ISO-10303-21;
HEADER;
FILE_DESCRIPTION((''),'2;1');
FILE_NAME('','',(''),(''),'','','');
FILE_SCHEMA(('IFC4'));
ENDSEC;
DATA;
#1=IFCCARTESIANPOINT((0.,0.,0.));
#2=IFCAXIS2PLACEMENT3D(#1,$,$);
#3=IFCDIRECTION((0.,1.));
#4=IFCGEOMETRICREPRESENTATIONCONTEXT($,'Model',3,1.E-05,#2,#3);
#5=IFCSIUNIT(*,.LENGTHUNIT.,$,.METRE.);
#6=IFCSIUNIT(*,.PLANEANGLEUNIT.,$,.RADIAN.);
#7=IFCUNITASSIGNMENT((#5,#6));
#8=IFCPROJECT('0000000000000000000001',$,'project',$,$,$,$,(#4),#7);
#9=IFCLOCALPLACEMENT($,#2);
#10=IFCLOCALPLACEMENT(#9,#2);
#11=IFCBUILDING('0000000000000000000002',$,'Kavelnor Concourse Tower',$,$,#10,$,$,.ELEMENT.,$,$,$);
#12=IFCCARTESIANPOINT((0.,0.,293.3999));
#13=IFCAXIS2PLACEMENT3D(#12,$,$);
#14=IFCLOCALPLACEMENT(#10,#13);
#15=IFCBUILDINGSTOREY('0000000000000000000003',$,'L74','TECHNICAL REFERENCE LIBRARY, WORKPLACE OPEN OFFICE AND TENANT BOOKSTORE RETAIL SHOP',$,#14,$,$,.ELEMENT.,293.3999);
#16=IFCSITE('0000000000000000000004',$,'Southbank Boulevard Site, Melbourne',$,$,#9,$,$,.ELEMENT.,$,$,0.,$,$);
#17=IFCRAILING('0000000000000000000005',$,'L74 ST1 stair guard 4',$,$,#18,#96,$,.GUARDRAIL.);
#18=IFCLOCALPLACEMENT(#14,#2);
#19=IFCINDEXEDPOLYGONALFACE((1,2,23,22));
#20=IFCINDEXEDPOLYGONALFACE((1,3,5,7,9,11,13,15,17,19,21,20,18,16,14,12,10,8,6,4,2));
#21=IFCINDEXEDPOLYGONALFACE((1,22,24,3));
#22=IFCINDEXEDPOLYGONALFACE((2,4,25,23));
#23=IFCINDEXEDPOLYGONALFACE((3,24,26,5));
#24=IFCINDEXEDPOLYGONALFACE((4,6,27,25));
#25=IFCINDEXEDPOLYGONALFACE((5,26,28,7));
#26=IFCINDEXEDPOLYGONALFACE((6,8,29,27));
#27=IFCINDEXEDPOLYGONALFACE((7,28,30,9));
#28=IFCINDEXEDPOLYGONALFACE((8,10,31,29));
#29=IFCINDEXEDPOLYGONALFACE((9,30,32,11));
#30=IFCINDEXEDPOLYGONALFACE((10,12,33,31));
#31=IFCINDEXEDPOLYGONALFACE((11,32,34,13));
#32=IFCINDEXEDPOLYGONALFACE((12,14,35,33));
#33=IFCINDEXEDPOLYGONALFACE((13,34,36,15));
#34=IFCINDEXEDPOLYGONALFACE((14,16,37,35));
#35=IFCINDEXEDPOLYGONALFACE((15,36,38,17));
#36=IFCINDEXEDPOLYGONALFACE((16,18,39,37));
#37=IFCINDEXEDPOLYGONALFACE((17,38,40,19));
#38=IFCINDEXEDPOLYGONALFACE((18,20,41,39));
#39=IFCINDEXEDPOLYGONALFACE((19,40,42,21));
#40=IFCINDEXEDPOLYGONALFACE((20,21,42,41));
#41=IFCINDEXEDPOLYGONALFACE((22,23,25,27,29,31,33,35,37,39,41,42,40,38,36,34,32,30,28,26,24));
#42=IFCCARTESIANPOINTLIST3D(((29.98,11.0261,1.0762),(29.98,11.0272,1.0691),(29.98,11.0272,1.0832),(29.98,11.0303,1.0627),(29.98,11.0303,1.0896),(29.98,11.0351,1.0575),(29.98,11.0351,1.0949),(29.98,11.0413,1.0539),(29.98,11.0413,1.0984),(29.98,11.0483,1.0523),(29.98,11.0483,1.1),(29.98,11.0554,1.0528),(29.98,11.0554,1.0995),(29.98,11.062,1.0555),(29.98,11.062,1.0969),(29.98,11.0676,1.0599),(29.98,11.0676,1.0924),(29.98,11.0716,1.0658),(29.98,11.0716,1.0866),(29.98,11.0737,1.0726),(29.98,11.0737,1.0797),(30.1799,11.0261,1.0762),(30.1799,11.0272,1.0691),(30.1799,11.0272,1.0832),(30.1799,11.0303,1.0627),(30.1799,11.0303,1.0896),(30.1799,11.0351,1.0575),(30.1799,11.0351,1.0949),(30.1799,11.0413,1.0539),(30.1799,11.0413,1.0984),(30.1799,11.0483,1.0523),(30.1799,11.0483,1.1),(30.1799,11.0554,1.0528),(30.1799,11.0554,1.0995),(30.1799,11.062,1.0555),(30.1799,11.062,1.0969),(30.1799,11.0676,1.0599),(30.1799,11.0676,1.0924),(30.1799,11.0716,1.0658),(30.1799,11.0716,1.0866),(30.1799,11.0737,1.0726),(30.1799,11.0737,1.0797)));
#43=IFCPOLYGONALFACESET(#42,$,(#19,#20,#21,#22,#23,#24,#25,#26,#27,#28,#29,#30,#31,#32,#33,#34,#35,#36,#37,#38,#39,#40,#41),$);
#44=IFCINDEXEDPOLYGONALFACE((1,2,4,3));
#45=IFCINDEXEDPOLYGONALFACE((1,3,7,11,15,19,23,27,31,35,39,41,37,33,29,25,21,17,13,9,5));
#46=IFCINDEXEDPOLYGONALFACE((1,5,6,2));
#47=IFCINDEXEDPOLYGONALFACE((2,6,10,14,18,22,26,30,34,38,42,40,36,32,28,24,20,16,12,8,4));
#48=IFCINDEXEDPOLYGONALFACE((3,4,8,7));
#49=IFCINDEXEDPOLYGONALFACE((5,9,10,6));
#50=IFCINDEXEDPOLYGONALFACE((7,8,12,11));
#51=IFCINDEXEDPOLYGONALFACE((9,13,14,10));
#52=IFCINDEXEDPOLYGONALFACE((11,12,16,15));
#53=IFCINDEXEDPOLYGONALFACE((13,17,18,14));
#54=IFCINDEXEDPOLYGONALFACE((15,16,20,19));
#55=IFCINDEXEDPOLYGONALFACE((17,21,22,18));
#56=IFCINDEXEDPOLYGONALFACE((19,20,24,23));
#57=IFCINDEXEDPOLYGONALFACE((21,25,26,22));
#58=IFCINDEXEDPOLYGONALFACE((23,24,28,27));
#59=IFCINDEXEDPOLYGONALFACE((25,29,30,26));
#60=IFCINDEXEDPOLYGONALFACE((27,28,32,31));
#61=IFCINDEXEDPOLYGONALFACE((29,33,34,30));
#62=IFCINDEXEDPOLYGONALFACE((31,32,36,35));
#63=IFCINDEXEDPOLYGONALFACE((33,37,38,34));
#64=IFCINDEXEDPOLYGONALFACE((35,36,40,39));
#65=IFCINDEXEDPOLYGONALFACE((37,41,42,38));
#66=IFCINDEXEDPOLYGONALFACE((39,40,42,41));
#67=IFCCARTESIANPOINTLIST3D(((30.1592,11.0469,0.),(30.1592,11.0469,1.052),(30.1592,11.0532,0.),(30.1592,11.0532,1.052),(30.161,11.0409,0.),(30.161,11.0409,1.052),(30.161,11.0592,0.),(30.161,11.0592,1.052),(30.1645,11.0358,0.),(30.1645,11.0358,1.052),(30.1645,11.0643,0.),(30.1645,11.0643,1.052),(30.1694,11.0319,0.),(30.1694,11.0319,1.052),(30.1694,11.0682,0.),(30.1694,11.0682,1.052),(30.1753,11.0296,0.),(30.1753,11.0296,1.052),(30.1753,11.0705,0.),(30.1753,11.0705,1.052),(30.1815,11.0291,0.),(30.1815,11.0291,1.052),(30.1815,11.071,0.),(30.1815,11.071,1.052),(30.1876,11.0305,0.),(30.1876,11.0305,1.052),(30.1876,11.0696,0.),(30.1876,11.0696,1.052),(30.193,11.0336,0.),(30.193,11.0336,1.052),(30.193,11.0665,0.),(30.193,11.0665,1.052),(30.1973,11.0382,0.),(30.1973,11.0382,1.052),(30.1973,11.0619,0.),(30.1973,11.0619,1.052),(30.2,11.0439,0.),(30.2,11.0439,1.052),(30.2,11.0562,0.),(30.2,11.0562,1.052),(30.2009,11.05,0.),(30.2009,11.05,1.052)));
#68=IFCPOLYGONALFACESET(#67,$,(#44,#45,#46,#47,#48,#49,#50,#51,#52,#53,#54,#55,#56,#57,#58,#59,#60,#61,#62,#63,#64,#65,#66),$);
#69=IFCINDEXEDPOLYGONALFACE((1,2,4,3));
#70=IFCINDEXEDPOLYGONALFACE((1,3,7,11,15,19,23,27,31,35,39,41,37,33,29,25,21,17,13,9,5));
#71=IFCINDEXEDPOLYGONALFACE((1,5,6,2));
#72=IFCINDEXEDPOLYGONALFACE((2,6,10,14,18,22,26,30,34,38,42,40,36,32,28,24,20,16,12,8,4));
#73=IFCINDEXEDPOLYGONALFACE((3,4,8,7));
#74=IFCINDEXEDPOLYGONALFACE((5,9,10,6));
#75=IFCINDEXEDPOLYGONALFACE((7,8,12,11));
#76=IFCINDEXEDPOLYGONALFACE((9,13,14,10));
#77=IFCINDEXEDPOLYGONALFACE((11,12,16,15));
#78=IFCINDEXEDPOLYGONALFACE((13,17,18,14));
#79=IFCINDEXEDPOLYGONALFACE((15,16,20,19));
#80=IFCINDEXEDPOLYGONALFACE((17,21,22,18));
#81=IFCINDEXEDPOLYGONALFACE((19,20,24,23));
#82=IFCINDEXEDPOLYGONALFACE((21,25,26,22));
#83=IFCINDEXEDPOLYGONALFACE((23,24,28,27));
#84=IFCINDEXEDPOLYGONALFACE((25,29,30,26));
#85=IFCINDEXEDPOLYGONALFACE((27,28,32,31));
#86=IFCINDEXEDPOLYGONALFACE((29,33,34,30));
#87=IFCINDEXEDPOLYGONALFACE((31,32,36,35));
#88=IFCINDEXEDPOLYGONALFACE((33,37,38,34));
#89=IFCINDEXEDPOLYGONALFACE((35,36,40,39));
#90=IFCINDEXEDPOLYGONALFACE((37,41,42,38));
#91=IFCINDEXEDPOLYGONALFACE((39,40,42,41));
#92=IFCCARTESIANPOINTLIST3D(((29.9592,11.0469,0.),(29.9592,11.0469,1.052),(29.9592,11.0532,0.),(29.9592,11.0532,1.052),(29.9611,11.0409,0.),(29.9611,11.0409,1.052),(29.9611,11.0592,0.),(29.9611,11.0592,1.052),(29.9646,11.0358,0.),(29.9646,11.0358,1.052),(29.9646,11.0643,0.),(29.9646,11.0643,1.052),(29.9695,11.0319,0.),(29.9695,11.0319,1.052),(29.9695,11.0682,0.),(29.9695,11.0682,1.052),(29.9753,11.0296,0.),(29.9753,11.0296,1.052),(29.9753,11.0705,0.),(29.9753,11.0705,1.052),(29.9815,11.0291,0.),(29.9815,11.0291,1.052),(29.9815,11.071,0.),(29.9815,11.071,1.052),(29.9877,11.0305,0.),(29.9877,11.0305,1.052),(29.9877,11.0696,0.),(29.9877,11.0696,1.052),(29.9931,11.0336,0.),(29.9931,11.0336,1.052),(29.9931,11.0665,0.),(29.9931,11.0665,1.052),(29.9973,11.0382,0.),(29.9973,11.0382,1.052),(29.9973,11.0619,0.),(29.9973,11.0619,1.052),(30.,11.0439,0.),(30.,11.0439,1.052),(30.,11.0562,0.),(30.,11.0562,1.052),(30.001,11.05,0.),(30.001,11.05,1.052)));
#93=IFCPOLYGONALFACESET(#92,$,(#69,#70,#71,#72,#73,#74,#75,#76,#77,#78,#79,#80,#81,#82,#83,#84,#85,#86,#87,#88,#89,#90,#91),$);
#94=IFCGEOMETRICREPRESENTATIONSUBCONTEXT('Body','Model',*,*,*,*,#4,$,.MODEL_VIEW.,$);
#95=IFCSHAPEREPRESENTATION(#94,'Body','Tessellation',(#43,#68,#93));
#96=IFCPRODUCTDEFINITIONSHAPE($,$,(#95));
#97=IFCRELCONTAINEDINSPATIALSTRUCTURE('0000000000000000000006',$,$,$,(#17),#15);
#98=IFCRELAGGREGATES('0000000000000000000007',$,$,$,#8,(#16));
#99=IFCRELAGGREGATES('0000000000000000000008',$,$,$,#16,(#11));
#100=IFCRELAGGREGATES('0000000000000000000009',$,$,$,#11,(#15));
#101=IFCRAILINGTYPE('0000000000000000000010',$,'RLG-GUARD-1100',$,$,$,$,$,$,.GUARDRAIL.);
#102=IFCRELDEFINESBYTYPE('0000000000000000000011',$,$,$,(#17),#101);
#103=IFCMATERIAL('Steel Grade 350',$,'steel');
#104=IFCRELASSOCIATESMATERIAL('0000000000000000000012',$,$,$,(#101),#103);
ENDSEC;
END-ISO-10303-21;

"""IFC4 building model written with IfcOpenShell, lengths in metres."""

from ifc_helpers import new_model, si_unit, direction, frame, origin, origin_2d, place, context, subcontext, project, spatial, circle, extrude, material, type_object, element, save


model = new_model("IFC4")

# Units and contexts
model_context = context("Model", 3, precision=1e-05, world=origin(), true_north=direction((0.0, 1.0)))
body_context = subcontext(model_context, "Body", "Model", "MODEL_VIEW")
ifc_project = project(units=[si_unit("LENGTHUNIT", "METRE"), si_unit("PLANEANGLEUNIT", "RADIAN")], contexts=[model_context])

# Site, building, storey
site_placement = place(None, origin())
site = spatial("IfcSite", under=ifc_project, at=site_placement, Name="Southbank Boulevard Site, Melbourne", CompositionType="ELEMENT", RefElevation=0.0)
building_placement = place(site_placement, origin())
building = spatial("IfcBuilding", under=site, at=building_placement, Name="Kavelnor Concourse Tower", CompositionType="ELEMENT")
storey_placement = place(building_placement, frame((0.0, 0.0, 293.3999)))
storey = spatial("IfcBuildingStorey", under=building, at=storey_placement, Name="L74", Description="TECHNICAL REFERENCE LIBRARY, WORKPLACE OPEN OFFICE AND TENANT BOOKSTORE RETAIL SHOP", CompositionType="ELEMENT", Elevation=293.3999)

# Shared definitions
ifc_material_1 = material(Name="Steel Grade 350", Category="steel")

# Railing
railing_type_1 = type_object("IfcRailingType", Name="RLG-GUARD-1100", PredefinedType="GUARDRAIL", material=ifc_material_1)
railing_1_placement = place(storey_placement, frame((30.1799, 11.05, 0.0)))
element("IfcRailing", 1, at=railing_1_placement, inside=storey, type_object=railing_type_1, Name="L74 ST1 stair guard 4", PredefinedType="GUARDRAIL", context=body_context, shape_type="SweptSolid", body=[
    extrude(circle(Radius=0.0239, at=origin_2d()), frame((0.0, 0.0, 1.0762), z_axis=(-1.0, 0.0, 0.0), x_axis=(0.0, -1.0, 0.0)), (0.0, 0.0, 1.0), 0.2),
    extrude(circle(Radius=0.021, at=origin_2d()), origin(), (0.0, 0.0, 1.0), 1.052),
    extrude(circle(Radius=0.021, at=origin_2d()), frame((-0.2, 0.0, 0.0)), (0.0, 0.0, 1.0), 1.052),
])

save(model, "model.ifc")
